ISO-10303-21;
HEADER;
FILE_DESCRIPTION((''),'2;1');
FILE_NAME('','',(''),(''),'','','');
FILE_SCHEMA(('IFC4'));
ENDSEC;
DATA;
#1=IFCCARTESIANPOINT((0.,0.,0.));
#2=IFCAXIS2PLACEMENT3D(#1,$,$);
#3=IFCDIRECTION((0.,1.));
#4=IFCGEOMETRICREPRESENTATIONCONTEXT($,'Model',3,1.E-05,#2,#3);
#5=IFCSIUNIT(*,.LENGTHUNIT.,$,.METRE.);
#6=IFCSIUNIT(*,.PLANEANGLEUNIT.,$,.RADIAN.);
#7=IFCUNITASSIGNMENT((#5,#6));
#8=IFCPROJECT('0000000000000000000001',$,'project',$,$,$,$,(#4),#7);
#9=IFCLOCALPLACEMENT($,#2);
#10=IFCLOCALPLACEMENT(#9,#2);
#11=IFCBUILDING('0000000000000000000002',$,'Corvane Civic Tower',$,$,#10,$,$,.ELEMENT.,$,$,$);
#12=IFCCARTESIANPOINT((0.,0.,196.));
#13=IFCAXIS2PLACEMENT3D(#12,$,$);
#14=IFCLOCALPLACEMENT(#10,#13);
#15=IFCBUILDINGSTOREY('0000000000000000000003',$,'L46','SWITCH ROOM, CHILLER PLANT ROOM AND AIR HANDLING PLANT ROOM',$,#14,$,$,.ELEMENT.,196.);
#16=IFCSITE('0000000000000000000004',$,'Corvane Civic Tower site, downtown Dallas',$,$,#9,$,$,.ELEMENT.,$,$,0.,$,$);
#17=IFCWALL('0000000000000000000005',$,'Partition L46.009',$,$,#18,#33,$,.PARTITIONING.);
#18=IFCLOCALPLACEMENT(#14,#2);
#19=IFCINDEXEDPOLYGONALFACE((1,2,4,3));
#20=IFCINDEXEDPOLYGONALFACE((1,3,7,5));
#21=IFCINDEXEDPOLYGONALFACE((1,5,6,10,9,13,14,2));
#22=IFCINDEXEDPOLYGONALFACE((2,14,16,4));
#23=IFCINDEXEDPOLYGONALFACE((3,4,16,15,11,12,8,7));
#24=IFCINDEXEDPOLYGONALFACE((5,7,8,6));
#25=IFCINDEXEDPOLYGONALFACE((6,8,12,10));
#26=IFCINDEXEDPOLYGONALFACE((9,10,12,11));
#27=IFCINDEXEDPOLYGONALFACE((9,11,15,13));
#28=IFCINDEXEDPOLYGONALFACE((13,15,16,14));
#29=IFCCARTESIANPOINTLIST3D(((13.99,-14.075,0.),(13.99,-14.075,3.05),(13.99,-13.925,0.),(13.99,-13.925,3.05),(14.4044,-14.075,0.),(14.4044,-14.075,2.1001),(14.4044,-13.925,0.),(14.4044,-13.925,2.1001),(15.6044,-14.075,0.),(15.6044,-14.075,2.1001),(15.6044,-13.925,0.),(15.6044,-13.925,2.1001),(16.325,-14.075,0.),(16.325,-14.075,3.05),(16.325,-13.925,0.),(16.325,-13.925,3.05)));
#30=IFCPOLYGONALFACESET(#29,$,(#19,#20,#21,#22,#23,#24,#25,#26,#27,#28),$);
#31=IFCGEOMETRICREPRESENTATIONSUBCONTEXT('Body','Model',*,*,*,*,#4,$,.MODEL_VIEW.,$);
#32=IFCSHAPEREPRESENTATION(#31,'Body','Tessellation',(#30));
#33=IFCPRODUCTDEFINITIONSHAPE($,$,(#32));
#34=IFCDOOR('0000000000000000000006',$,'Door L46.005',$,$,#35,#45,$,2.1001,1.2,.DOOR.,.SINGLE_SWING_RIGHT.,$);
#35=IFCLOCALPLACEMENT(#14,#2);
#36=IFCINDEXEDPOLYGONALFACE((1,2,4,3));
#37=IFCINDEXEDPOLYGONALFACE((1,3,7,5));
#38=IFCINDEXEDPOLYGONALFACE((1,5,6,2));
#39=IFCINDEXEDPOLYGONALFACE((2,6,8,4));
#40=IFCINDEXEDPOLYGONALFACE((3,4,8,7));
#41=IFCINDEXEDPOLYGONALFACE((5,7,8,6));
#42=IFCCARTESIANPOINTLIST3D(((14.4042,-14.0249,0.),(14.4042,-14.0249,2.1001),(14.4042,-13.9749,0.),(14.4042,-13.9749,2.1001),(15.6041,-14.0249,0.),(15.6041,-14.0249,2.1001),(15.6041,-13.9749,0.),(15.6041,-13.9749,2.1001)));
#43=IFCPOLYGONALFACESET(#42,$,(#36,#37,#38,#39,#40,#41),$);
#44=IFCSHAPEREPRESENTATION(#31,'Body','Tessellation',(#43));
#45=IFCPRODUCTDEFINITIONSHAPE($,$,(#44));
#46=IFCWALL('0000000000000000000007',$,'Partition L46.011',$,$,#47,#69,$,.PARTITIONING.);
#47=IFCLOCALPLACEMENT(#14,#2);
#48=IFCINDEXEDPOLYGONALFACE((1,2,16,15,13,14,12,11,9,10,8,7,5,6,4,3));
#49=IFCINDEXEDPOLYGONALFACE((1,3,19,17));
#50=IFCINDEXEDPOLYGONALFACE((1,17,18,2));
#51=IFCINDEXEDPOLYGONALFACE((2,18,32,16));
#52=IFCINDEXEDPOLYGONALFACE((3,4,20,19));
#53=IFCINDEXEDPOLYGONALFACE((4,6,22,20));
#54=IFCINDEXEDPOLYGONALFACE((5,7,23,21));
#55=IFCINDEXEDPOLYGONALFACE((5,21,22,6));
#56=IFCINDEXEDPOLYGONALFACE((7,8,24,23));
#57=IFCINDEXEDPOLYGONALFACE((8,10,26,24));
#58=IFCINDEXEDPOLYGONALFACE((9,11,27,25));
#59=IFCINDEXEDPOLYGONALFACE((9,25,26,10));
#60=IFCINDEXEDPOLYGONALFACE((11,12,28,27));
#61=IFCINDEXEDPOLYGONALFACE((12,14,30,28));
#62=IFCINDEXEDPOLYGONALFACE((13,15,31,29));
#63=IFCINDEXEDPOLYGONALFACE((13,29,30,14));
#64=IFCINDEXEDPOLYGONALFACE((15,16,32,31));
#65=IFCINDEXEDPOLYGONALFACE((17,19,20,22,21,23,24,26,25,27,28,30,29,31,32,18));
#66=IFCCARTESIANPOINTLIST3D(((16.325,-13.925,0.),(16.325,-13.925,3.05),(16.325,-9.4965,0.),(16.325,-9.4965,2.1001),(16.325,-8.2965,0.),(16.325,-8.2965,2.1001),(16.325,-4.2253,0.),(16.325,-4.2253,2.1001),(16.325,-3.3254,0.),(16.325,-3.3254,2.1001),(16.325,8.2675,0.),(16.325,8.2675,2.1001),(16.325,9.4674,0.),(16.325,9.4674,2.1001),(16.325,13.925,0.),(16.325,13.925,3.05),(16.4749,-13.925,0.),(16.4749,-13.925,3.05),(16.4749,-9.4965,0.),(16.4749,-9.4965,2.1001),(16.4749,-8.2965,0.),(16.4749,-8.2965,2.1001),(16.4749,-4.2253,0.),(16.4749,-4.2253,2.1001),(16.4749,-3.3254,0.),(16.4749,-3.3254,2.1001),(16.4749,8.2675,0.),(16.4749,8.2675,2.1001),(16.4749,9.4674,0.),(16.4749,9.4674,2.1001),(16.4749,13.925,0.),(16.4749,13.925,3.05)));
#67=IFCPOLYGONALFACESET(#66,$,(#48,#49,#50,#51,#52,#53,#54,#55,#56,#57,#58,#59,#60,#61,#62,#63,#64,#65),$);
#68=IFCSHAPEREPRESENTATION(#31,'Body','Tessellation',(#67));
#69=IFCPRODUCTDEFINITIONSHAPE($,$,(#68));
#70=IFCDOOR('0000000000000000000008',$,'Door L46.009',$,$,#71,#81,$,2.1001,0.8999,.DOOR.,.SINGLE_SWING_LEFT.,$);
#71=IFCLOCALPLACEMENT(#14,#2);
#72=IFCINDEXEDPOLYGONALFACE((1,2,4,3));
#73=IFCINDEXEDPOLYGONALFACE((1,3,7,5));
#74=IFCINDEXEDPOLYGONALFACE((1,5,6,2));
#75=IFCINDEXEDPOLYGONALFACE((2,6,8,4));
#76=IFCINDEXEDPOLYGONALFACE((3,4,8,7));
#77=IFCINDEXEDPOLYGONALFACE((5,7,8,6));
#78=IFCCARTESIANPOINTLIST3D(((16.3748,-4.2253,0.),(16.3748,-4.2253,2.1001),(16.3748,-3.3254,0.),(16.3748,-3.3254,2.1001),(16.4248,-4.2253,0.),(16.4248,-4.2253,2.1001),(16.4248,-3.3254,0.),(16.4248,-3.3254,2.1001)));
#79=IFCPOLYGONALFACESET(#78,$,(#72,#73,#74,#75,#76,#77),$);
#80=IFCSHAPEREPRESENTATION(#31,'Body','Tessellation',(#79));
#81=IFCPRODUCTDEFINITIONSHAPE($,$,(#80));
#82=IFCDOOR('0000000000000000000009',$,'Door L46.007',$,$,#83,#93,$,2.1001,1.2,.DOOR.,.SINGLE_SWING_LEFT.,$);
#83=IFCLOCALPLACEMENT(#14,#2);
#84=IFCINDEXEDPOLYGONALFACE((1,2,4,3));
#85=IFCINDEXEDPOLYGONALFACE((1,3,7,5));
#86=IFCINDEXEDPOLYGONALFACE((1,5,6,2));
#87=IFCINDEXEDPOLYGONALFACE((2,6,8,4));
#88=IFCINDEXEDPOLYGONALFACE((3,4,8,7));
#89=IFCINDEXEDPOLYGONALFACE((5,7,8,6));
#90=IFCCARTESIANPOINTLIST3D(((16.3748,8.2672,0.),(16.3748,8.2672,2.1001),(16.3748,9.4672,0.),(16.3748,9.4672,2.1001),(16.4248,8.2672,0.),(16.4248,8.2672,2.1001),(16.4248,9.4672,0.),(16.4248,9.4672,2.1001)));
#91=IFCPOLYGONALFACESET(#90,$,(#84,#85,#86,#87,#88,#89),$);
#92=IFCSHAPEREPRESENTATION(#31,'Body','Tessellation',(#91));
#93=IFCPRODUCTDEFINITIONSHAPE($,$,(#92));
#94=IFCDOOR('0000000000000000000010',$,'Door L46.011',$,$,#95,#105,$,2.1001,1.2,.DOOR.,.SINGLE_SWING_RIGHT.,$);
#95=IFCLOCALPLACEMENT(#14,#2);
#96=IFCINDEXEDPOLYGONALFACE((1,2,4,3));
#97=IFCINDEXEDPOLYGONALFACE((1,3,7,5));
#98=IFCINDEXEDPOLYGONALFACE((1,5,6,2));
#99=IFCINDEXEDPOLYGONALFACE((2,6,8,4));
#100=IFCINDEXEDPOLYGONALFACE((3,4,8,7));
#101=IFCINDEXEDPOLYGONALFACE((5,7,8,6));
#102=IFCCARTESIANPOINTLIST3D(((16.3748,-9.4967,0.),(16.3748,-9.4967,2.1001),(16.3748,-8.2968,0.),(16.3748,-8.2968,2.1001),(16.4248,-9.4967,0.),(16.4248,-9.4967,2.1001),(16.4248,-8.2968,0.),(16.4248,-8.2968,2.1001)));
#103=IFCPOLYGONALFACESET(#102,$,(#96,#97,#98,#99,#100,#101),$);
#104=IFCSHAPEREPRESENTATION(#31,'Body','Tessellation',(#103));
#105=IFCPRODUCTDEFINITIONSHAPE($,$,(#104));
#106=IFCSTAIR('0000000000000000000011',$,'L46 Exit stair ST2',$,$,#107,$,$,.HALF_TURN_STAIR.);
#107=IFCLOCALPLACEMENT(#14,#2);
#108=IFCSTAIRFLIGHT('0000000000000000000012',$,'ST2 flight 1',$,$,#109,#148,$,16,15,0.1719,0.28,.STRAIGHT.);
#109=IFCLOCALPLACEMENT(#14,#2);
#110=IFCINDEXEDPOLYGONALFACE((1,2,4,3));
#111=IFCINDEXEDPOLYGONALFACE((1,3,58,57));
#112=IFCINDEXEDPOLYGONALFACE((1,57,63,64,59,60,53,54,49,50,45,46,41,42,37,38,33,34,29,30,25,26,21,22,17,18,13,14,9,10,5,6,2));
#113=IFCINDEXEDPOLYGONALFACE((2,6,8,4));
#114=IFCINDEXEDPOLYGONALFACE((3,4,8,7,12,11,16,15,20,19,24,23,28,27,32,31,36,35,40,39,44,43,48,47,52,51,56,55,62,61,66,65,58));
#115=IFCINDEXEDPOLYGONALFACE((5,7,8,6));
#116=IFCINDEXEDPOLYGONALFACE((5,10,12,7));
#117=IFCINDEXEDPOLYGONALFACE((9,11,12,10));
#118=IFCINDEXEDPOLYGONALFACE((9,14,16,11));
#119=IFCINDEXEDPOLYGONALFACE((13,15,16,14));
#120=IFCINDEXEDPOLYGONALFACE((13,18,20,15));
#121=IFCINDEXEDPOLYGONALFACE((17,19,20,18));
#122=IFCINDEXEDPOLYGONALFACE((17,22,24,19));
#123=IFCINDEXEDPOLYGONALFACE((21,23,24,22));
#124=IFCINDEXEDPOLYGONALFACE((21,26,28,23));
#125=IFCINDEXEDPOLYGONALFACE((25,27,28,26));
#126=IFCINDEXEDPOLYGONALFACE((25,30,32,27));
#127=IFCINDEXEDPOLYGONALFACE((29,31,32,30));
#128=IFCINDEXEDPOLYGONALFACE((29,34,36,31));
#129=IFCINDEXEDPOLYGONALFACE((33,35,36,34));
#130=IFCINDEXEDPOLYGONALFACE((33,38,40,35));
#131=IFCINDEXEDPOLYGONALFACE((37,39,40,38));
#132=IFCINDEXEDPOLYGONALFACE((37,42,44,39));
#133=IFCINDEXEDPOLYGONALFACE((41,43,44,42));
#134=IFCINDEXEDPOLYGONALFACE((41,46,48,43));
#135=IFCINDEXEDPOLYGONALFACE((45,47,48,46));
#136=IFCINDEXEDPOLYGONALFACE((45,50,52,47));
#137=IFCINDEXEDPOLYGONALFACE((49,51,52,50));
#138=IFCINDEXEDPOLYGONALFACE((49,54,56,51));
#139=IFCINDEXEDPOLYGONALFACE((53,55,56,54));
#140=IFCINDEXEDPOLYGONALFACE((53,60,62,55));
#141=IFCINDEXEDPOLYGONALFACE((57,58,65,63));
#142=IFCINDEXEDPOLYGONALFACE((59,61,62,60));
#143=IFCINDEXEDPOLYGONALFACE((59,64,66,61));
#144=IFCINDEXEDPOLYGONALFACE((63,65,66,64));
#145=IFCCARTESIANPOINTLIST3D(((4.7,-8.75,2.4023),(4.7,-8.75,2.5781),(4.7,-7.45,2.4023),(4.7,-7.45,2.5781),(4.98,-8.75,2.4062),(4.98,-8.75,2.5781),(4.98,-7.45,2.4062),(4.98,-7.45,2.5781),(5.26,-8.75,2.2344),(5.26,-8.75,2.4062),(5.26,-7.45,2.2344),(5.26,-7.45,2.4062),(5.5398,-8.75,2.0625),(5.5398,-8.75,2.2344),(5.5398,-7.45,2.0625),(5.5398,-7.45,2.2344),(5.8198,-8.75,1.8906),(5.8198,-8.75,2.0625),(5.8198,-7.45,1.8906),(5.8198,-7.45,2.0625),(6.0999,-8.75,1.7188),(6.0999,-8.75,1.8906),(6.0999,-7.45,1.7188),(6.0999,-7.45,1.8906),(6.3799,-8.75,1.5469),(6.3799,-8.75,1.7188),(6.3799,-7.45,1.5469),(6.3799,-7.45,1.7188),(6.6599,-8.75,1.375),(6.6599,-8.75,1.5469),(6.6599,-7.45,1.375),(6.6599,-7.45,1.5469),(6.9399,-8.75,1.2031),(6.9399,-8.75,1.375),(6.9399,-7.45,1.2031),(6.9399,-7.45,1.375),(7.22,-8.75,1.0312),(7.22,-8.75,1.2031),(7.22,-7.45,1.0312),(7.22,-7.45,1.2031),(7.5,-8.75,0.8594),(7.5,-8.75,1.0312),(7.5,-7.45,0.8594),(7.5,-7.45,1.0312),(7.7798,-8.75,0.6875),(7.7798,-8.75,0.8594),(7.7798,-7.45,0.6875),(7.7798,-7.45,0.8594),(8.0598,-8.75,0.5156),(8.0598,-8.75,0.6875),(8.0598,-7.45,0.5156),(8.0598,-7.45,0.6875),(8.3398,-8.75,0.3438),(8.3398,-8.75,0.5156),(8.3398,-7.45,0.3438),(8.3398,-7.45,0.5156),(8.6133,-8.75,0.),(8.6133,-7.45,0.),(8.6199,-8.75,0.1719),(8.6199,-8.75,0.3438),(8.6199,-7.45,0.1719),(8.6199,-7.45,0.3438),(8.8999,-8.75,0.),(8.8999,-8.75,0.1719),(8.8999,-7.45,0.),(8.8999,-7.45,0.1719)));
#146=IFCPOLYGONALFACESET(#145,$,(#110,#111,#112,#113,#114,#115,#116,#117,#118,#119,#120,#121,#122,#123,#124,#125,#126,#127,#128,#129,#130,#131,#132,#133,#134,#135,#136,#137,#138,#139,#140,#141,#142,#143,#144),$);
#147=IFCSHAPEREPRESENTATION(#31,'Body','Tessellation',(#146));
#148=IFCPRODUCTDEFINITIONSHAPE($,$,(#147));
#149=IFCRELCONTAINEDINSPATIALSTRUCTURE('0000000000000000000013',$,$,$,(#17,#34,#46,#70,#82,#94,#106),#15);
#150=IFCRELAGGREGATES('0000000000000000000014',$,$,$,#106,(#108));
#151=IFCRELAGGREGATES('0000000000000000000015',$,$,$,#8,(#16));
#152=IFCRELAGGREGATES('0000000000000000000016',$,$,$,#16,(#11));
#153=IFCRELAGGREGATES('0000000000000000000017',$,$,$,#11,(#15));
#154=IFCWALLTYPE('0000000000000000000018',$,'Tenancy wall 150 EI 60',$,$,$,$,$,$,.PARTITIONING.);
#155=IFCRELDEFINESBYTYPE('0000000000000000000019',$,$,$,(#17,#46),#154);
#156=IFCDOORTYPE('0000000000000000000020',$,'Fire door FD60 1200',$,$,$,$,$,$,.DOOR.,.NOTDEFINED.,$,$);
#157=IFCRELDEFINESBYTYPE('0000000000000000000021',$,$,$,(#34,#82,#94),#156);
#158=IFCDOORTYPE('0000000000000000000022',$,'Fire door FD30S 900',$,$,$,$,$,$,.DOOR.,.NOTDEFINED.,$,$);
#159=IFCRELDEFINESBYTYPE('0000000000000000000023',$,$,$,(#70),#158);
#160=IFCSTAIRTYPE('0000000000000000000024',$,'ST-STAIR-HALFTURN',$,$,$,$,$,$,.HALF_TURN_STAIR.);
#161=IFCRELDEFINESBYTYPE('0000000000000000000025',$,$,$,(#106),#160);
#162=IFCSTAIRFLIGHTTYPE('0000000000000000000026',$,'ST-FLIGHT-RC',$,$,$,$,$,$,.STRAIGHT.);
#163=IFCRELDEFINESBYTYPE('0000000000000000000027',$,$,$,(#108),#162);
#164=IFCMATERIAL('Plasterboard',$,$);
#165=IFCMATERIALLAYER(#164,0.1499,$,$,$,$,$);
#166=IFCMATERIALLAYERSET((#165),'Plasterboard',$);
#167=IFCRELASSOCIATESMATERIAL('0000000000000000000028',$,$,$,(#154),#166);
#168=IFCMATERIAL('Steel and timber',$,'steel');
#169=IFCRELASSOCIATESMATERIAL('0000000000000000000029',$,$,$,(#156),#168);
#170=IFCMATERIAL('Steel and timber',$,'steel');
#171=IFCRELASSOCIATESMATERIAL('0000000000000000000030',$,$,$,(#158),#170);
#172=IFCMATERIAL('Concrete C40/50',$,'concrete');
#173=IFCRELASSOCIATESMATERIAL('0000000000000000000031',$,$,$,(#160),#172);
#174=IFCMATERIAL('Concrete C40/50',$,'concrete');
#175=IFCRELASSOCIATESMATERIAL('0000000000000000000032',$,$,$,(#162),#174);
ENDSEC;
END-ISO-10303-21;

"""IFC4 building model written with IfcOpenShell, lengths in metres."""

from ifc_helpers import new_model, si_unit, direction, frame, frame_2d, origin, place, context, subcontext, project, spatial, polyline, rectangle, outline, extrude, material, layer, layer_set, type_object, element, fill, aggregate, save


model = new_model("IFC4")

# Units and contexts
model_context = context("Model", 3, precision=1e-05, world=origin(), true_north=direction((0.0, 1.0)))
body_context = subcontext(model_context, "Body", "Model", "MODEL_VIEW")
ifc_project = project(units=[si_unit("LENGTHUNIT", "METRE"), si_unit("PLANEANGLEUNIT", "RADIAN")], contexts=[model_context])

# Site, building, storey
site_placement = place(None, origin())
site = spatial("IfcSite", under=ifc_project, at=site_placement, Name="Corvane Civic Tower site, downtown Dallas", CompositionType="ELEMENT", RefElevation=0.0)
building_placement = place(site_placement, origin())
building = spatial("IfcBuilding", under=site, at=building_placement, Name="Corvane Civic Tower", CompositionType="ELEMENT")
storey_placement = place(building_placement, frame((0.0, 0.0, 196.0)))
storey = spatial("IfcBuildingStorey", under=building, at=storey_placement, Name="L46", Description="SWITCH ROOM, CHILLER PLANT ROOM AND AIR HANDLING PLANT ROOM", CompositionType="ELEMENT", Elevation=196.0)

# Wall, opening, door
ifc_material_1 = material(Name="Plasterboard")
ifc_layer_1 = layer(ifc_material_1, 0.1499)
ifc_layer_set_1 = layer_set([ifc_layer_1], Name="Plasterboard")
wall_type_1 = type_object("IfcWallType", Name="Tenancy wall 150 EI 60", PredefinedType="PARTITIONING", material=ifc_layer_set_1)
wall_1_placement = place(storey_placement, frame((13.99, -14.0, 0.0), z_axis=(0.0, 0.0, 1.0), x_axis=(1.0, 0.0, 0.0)))
wall_1 = element("IfcWall", 1, at=wall_1_placement, inside=storey, type_object=wall_type_1, Name="Partition L46.009", PredefinedType="PARTITIONING", context=body_context, shape_type="SweptSolid", body=[
    extrude(rectangle(XDim=2.335, YDim=0.1499, at=frame_2d((1.1675, 0.0))), origin(), (0.0, 0.0, 1.0), 3.05),
])
opening_1_placement = place(wall_1_placement, frame((0.4143, 0.0, 0.0)))
opening_1 = element("IfcOpeningElement", 2, at=opening_1_placement, cuts=wall_1, PredefinedType="OPENING", context=body_context, shape_type="SweptSolid", body=[
    extrude(rectangle(XDim=1.2, YDim=2.1001, at=frame_2d((0.6001, 1.05))), frame((0.0, 0.085, 0.0), z_axis=(0.0, -1.0, 0.0), x_axis=(1.0, 0.0, 0.0)), (0.0, 0.0, 1.0), 0.1699),
])
ifc_material_2 = material(Name="Steel and timber", Category="steel")
door_type_1 = type_object("IfcDoorType", Name="Fire door FD60 1200", OperationType="NOTDEFINED", PredefinedType="DOOR", material=ifc_material_2)
door_1_placement = place(opening_1_placement, frame((1.2, 0.0, 0.0), z_axis=(0.0, 0.0, 1.0), x_axis=(-1.0, 0.0, 0.0)))
door_1 = element("IfcDoor", 3, at=door_1_placement, inside=storey, type_object=door_type_1, Name="Door L46.005", OperationType="SINGLE_SWING_RIGHT", OverallHeight=2.1001, OverallWidth=1.2, PredefinedType="DOOR", context=body_context, shape_type="SweptSolid", body=[
    extrude(rectangle(XDim=1.2, YDim=2.1001, at=frame_2d((0.6001, 1.05))), frame((0.0, 0.0249, 0.0), z_axis=(0.0, -1.0, 0.0), x_axis=(1.0, 0.0, 0.0)), (0.0, 0.0, 1.0), 0.05),
])
fill(opening_1, door_1)

# Wall, openings, doors
wall_2_placement = place(storey_placement, frame((16.3999, -13.925, 0.0), z_axis=(0.0, 0.0, 1.0), x_axis=(0.0, 1.0, 0.0)))
wall_2 = element("IfcWall", 4, at=wall_2_placement, inside=storey, type_object=wall_type_1, Name="Partition L46.011", PredefinedType="PARTITIONING", context=body_context, shape_type="SweptSolid", body=[
    extrude(rectangle(XDim=27.8501, YDim=0.1499, at=frame_2d((13.925, 0.0))), origin(), (0.0, 0.0, 1.0), 3.05),
])
opening_2_placement = place(wall_2_placement, frame((22.1924, 0.0, 0.0)))
opening_2 = element("IfcOpeningElement", 5, at=opening_2_placement, cuts=wall_2, PredefinedType="OPENING", context=body_context, shape_type="SweptSolid", body=[
    extrude(rectangle(XDim=1.2, YDim=2.1001, at=frame_2d((0.6001, 1.05))), frame((0.0, 0.085, 0.0), z_axis=(0.0, -1.0, 0.0), x_axis=(1.0, 0.0, 0.0)), (0.0, 0.0, 1.0), 0.1699),
])
opening_3_placement = place(wall_2_placement, frame((9.6997, 0.0, 0.0)))
opening_3 = element("IfcOpeningElement", 6, at=opening_3_placement, cuts=wall_2, PredefinedType="OPENING", context=body_context, shape_type="SweptSolid", body=[
    extrude(rectangle(XDim=0.8999, YDim=2.1001, at=frame_2d((0.45, 1.05))), frame((0.0, 0.085, 0.0), z_axis=(0.0, -1.0, 0.0), x_axis=(1.0, 0.0, 0.0)), (0.0, 0.0, 1.0), 0.1699),
])
opening_4_placement = place(wall_2_placement, frame((4.4285, 0.0, 0.0)))
opening_4 = element("IfcOpeningElement", 7, at=opening_4_placement, cuts=wall_2, PredefinedType="OPENING", context=body_context, shape_type="SweptSolid", body=[
    extrude(rectangle(XDim=1.2, YDim=2.1001, at=frame_2d((0.6001, 1.05))), frame((0.0, 0.085, 0.0), z_axis=(0.0, -1.0, 0.0), x_axis=(1.0, 0.0, 0.0)), (0.0, 0.0, 1.0), 0.1699),
])
ifc_material_3 = material(Name="Steel and timber", Category="steel")
door_type_2 = type_object("IfcDoorType", Name="Fire door FD30S 900", OperationType="NOTDEFINED", PredefinedType="DOOR", material=ifc_material_3)
door_2_placement = place(opening_3_placement, frame((0.8999, 0.0, 0.0), z_axis=(0.0, 0.0, 1.0), x_axis=(-1.0, 0.0, 0.0)))
door_2 = element("IfcDoor", 8, at=door_2_placement, inside=storey, type_object=door_type_2, Name="Door L46.009", OperationType="SINGLE_SWING_LEFT", OverallHeight=2.1001, OverallWidth=0.8999, PredefinedType="DOOR", context=body_context, shape_type="SweptSolid", body=[
    extrude(rectangle(XDim=0.8999, YDim=2.1001, at=frame_2d((0.45, 1.05))), frame((0.0, 0.0249, 0.0), z_axis=(0.0, -1.0, 0.0), x_axis=(1.0, 0.0, 0.0)), (0.0, 0.0, 1.0), 0.05),
])
fill(opening_3, door_2)
door_3_placement = place(opening_2_placement, frame((1.2, 0.0, 0.0), z_axis=(0.0, 0.0, 1.0), x_axis=(-1.0, 0.0, 0.0)))
door_3 = element("IfcDoor", 9, at=door_3_placement, inside=storey, type_object=door_type_1, Name="Door L46.007", OperationType="SINGLE_SWING_LEFT", OverallHeight=2.1001, OverallWidth=1.2, PredefinedType="DOOR", context=body_context, shape_type="SweptSolid", body=[
    extrude(rectangle(XDim=1.2, YDim=2.1001, at=frame_2d((0.6001, 1.05))), frame((0.0, 0.0249, 0.0), z_axis=(0.0, -1.0, 0.0), x_axis=(1.0, 0.0, 0.0)), (0.0, 0.0, 1.0), 0.05),
])
fill(opening_2, door_3)
door_4_placement = place(opening_4_placement, frame((1.2, 0.0, 0.0), z_axis=(0.0, 0.0, 1.0), x_axis=(-1.0, 0.0, 0.0)))
door_4 = element("IfcDoor", 10, at=door_4_placement, inside=storey, type_object=door_type_1, Name="Door L46.011", OperationType="SINGLE_SWING_RIGHT", OverallHeight=2.1001, OverallWidth=1.2, PredefinedType="DOOR", context=body_context, shape_type="SweptSolid", body=[
    extrude(rectangle(XDim=1.2, YDim=2.1001, at=frame_2d((0.6001, 1.05))), frame((0.0, 0.0249, 0.0), z_axis=(0.0, -1.0, 0.0), x_axis=(1.0, 0.0, 0.0)), (0.0, 0.0, 1.0), 0.05),
])
fill(opening_4, door_4)

# Stair, stair flight
ifc_material_4 = material(Name="Concrete C40/50", Category="concrete")
stair_type = type_object("IfcStairType", Name="ST-STAIR-HALFTURN", PredefinedType="HALF_TURN_STAIR", material=ifc_material_4)
stair_placement = place(storey_placement, origin())
stair = element("IfcStair", 11, at=stair_placement, inside=storey, type_object=stair_type, Name="L46 Exit stair ST2", PredefinedType="HALF_TURN_STAIR")
ifc_material_5 = material(Name="Concrete C40/50", Category="concrete")
stair_flight_type = type_object("IfcStairFlightType", Name="ST-FLIGHT-RC", PredefinedType="STRAIGHT", material=ifc_material_5)
stair_flight_placement = place(storey_placement, frame((8.8999, -8.1001, 0.0), z_axis=(0.0, 0.0, 1.0), x_axis=(-1.0, 0.0, 0.0)))
stair_flight = element("IfcStairFlight", 12, at=stair_flight_placement, type_object=stair_flight_type, Name="ST2 flight 1", NumberOfRisers=16, NumberOfTreads=15, PredefinedType="STRAIGHT", RiserHeight=0.1719, TreadLength=0.28, context=body_context, shape_type="SweptSolid", body=[
    extrude(outline(polyline([(0.0, 0.0), (0.0, 0.1719), (0.28, 0.1719), (0.28, 0.3438), (0.5601, 0.3438), (0.5601, 0.5156), (0.8401, 0.5156), (0.8401, 0.6875), (1.1201, 0.6875), (1.1201, 0.8594), (1.3999, 0.8594), (1.3999, 1.0312), (1.6799, 1.0312), (1.6799, 1.2031), (1.96, 1.2031), (1.96, 1.375), (2.24, 1.375), (2.24, 1.5469), (2.52, 1.5469), (2.52, 1.7188), (2.8, 1.7188), (2.8, 1.8906), (3.0801, 1.8906), (3.0801, 2.0625), (3.3601, 2.0625), (3.3601, 2.2344), (3.6399, 2.2344), (3.6399, 2.4062), (3.9199, 2.4062), (3.9199, 2.5781), (4.2, 2.5781), (4.2, 2.75), (4.2, 2.4023), (0.2866, 0.0), (0.0, 0.0)])), frame((0.0, 0.6499, 0.0), z_axis=(0.0, -1.0, 0.0), x_axis=(1.0, 0.0, 0.0)), (0.0, 0.0, 1.0), 1.3),
])
aggregate(stair, [stair_flight])

save(model, "model.ifc")
